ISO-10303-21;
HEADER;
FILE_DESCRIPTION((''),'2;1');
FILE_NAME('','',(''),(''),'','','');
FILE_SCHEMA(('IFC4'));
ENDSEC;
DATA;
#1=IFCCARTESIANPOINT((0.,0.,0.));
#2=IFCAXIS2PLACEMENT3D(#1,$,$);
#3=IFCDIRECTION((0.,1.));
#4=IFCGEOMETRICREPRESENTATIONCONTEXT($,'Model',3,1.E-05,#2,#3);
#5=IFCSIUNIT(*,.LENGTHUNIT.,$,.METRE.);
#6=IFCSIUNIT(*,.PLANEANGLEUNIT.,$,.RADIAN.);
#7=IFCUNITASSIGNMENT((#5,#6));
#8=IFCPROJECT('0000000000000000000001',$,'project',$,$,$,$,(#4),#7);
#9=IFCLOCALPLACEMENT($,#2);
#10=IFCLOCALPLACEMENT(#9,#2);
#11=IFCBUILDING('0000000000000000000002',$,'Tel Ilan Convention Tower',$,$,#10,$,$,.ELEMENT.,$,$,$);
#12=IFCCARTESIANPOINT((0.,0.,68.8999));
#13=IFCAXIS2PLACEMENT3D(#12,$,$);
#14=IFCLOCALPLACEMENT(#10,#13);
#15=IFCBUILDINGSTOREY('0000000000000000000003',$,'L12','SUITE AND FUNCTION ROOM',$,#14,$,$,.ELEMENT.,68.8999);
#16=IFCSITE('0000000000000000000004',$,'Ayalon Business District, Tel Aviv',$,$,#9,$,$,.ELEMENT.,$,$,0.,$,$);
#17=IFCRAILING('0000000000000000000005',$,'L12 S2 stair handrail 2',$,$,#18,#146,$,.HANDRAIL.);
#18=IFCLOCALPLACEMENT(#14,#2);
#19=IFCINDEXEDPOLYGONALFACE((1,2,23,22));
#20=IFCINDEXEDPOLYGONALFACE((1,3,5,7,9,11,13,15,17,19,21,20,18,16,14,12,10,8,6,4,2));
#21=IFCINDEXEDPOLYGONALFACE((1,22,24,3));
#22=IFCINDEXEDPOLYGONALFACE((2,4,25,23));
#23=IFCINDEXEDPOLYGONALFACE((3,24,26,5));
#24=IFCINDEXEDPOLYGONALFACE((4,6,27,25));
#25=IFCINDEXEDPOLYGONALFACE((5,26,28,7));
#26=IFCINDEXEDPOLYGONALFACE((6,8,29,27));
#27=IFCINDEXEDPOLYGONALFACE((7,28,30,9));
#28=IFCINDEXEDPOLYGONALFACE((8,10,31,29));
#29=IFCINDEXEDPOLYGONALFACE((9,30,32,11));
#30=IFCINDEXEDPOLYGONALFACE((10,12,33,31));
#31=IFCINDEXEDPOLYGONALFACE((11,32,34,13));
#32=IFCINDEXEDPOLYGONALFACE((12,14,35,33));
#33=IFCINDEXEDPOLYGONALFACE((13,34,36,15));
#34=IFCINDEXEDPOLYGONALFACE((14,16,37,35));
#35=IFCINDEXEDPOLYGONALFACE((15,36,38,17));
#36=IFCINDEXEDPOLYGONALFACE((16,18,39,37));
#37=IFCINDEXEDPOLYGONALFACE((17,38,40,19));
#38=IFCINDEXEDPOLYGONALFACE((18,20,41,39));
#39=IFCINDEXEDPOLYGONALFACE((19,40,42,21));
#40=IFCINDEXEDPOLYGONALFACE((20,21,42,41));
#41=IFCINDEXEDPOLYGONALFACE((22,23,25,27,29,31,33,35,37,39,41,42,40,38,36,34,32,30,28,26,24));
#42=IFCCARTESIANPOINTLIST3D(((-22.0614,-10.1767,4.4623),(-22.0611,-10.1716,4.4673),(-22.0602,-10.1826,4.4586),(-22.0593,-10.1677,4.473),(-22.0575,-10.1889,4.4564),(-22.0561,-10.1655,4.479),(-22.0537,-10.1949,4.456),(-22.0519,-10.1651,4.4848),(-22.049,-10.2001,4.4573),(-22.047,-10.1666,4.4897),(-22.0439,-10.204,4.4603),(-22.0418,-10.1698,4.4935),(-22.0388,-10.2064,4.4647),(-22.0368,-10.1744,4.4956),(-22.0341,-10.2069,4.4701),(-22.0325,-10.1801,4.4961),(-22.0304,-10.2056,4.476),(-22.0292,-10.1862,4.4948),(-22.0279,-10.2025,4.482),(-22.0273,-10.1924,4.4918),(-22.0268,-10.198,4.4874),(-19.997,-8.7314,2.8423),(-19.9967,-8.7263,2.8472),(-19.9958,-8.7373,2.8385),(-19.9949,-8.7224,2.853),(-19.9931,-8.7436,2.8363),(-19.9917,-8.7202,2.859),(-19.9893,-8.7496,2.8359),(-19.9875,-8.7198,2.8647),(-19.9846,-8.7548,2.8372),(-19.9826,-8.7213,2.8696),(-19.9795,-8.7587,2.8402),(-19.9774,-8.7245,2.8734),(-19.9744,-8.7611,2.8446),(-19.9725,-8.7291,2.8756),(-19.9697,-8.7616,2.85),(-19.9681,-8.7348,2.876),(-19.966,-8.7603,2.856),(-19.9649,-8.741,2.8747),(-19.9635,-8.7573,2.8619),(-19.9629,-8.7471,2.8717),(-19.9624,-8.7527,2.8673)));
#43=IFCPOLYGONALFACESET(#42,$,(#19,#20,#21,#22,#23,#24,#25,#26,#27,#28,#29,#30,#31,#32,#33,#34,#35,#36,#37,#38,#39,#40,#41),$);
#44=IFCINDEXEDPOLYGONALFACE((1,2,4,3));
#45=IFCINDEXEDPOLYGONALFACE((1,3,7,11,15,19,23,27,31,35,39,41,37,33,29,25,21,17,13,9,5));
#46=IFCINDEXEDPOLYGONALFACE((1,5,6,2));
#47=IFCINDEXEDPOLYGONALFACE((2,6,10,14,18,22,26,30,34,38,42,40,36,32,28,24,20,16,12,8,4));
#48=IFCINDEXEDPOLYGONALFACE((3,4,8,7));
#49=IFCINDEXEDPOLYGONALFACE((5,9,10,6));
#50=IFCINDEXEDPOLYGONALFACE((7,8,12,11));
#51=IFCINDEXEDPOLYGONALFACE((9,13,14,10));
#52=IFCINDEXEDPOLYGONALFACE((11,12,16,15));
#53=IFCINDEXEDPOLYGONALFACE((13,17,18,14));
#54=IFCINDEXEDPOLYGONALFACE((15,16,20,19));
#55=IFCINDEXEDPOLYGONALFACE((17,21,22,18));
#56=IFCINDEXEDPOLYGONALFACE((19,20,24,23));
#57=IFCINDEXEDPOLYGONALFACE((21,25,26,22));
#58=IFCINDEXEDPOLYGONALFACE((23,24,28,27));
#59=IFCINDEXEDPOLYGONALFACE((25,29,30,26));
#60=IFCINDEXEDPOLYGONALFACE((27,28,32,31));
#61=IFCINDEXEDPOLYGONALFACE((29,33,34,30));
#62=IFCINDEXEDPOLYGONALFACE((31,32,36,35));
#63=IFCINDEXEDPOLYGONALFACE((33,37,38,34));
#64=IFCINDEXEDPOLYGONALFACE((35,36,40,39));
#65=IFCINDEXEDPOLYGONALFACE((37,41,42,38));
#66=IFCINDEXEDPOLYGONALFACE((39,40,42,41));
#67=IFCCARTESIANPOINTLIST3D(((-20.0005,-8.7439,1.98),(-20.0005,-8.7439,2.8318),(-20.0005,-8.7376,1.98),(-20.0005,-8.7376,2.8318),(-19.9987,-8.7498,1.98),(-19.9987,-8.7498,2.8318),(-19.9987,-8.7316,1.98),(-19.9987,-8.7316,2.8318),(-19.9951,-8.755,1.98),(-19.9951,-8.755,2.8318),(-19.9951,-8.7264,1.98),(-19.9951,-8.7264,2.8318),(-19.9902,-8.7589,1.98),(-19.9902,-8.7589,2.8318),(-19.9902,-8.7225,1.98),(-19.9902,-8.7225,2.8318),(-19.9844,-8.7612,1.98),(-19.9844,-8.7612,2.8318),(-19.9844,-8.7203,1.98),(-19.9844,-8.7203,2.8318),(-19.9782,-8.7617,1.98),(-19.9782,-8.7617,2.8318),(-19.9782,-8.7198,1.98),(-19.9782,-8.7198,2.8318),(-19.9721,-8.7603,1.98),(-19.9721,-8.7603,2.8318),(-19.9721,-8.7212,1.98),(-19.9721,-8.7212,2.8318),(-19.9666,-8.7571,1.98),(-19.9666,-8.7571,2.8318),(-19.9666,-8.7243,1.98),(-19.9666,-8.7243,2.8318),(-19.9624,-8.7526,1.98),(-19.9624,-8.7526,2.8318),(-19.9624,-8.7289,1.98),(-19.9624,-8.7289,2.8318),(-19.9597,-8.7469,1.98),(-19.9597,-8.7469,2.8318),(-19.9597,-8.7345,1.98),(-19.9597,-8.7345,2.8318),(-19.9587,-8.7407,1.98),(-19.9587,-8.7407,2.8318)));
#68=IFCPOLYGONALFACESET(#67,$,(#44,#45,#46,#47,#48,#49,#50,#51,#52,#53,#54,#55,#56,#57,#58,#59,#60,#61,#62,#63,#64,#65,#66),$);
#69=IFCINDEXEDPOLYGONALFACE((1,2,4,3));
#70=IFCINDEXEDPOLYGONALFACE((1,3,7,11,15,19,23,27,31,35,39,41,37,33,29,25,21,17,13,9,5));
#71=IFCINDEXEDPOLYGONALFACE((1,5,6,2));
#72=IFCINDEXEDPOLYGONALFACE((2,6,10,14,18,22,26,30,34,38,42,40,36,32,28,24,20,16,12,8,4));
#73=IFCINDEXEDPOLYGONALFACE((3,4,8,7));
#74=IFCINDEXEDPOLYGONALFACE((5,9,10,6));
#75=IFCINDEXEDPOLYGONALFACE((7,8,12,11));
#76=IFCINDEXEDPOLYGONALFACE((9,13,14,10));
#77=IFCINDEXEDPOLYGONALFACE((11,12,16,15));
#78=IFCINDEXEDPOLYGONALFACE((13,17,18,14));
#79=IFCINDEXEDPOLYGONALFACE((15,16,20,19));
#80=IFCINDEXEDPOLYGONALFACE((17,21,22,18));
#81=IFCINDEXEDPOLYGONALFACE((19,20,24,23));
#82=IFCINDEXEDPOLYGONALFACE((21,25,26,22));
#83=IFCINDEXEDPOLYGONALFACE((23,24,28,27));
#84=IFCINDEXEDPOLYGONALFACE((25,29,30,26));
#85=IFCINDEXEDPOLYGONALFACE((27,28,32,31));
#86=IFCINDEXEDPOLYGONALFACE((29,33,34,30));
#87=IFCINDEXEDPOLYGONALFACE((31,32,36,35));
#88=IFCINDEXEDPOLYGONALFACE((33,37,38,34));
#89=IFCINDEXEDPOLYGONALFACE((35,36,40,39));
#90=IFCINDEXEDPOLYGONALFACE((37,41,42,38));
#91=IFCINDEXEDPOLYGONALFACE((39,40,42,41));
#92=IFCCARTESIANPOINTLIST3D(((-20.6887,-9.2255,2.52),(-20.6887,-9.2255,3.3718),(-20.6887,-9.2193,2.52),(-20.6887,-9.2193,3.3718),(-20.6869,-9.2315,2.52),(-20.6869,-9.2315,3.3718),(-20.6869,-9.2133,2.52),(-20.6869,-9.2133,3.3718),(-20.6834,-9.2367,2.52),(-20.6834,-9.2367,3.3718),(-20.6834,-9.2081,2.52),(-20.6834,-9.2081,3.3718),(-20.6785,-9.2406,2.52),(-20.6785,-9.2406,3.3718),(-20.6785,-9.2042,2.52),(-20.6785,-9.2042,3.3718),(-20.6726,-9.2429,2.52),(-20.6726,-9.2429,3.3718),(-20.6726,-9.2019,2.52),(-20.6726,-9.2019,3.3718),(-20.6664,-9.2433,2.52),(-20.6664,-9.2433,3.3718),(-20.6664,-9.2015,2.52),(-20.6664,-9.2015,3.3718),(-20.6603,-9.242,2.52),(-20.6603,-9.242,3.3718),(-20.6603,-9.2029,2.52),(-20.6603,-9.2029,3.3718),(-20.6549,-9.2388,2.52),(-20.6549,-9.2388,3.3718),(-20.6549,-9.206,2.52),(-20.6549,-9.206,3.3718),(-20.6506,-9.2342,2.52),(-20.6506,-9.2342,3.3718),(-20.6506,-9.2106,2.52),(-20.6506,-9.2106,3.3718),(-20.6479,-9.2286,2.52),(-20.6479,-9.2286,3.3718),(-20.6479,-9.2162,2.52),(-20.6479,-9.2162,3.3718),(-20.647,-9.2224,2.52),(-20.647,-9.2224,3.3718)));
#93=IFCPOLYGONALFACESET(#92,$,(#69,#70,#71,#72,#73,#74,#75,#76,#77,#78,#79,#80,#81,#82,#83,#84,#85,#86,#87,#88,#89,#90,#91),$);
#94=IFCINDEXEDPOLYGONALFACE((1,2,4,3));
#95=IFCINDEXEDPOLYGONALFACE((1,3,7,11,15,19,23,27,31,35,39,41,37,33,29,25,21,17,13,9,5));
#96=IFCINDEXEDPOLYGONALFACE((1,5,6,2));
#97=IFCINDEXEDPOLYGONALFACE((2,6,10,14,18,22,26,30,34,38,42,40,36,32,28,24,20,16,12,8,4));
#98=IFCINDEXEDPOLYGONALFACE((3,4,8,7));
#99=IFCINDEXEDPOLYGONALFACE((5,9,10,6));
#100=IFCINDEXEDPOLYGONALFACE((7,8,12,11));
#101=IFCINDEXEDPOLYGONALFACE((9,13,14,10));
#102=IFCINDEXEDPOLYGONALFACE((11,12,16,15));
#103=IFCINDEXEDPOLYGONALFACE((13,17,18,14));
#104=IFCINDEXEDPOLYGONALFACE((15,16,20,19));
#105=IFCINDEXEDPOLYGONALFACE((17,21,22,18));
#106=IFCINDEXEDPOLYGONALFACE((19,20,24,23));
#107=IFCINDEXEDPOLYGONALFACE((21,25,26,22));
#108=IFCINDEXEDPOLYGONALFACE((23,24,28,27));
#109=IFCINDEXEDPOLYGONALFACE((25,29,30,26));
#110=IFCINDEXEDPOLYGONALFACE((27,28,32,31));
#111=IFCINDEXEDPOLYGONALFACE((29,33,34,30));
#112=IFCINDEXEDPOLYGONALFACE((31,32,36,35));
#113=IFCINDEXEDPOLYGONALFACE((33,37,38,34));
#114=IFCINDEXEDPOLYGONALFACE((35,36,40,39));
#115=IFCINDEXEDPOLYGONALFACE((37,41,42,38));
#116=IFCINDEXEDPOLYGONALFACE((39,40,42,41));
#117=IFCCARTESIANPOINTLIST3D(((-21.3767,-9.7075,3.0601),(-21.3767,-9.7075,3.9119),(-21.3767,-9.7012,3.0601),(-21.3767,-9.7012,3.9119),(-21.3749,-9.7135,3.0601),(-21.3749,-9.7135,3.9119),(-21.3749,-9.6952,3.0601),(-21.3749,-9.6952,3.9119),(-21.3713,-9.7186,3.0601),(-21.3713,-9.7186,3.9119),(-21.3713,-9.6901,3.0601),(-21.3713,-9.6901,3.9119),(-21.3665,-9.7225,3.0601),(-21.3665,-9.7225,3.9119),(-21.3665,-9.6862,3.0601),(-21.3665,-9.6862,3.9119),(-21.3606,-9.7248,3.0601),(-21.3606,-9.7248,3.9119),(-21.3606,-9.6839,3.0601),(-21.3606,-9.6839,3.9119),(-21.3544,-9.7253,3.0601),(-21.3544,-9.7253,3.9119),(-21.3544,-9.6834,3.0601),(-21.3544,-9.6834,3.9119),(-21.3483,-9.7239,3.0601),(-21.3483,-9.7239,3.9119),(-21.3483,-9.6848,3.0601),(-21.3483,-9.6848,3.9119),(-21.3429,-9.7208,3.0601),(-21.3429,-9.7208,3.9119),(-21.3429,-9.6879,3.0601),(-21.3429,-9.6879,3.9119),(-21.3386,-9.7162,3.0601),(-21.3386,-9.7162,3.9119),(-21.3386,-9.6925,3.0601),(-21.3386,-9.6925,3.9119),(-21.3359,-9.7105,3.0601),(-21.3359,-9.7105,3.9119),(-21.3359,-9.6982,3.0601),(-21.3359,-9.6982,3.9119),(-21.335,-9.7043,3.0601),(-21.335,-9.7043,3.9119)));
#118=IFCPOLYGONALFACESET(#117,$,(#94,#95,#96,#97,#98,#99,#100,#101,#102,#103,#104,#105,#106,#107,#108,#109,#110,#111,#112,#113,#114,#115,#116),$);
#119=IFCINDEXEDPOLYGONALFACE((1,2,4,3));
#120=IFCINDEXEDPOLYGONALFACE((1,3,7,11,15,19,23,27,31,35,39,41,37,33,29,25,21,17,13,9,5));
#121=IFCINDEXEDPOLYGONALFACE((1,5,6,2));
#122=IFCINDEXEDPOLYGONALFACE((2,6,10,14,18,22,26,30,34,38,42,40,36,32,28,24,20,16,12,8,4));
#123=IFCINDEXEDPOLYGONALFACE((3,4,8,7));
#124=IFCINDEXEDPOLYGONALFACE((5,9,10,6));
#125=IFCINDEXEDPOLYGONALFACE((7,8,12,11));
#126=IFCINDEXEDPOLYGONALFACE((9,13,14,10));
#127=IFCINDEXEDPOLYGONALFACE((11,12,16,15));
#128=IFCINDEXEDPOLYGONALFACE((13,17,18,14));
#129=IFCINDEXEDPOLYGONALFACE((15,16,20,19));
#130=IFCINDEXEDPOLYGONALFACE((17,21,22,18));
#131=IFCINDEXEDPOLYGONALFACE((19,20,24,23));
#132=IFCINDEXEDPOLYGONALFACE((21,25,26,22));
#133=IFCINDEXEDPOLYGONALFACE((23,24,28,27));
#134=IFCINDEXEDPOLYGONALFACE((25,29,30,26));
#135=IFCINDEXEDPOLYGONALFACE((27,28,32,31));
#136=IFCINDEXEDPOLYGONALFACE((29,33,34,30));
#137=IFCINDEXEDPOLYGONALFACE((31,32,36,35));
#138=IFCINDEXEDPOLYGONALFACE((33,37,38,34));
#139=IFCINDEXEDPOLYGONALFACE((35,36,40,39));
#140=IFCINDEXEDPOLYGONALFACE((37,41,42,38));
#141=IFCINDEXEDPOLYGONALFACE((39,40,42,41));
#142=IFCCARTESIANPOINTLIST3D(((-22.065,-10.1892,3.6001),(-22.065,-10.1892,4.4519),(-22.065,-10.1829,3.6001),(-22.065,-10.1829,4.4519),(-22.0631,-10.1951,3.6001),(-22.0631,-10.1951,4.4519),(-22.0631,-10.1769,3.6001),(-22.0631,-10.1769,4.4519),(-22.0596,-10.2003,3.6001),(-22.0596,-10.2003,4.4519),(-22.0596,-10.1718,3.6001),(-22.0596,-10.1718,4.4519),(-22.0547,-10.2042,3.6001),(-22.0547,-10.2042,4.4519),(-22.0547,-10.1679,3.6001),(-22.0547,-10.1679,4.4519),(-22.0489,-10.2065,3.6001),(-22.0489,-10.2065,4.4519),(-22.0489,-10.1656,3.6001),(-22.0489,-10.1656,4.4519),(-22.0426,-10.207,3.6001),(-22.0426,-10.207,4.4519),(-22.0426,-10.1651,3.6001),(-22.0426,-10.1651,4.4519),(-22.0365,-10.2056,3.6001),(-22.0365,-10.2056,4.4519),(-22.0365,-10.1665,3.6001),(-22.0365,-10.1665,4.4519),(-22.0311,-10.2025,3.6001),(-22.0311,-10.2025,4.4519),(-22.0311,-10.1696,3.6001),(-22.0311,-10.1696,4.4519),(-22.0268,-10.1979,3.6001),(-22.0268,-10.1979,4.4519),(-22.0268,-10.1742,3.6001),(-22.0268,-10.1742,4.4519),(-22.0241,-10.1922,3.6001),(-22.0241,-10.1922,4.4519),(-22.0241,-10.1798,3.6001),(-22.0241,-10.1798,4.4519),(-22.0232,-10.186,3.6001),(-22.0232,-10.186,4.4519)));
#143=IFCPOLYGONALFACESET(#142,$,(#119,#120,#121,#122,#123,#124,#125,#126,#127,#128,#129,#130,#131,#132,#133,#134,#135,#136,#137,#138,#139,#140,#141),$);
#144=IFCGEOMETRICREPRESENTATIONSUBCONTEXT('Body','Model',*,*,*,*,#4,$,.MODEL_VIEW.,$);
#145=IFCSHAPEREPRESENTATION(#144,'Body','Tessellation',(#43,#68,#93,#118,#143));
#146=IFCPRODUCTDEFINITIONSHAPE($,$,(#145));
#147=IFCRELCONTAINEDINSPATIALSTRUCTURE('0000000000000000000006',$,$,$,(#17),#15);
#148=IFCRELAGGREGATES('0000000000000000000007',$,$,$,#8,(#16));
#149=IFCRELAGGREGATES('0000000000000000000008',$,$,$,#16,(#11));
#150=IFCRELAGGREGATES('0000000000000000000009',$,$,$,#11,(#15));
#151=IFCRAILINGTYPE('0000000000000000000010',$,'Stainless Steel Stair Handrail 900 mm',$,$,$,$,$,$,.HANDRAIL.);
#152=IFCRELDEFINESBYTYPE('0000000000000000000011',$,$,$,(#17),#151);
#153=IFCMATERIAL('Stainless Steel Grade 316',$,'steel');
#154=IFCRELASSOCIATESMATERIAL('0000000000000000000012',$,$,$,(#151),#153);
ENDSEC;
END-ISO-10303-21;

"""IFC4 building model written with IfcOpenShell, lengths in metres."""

from ifc_helpers import new_model, si_unit, direction, frame, origin, origin_2d, place, context, subcontext, project, spatial, circle, extrude, material, type_object, element, save


model = new_model("IFC4")

# Units and contexts
model_context = context("Model", 3, precision=1e-05, world=origin(), true_north=direction((0.0, 1.0)))
body_context = subcontext(model_context, "Body", "Model", "MODEL_VIEW")
ifc_project = project(units=[si_unit("LENGTHUNIT", "METRE"), si_unit("PLANEANGLEUNIT", "RADIAN")], contexts=[model_context])

# Site, building, storey
site_placement = place(None, origin())
site = spatial("IfcSite", under=ifc_project, at=site_placement, Name="Ayalon Business District, Tel Aviv", CompositionType="ELEMENT", RefElevation=0.0)
building_placement = place(site_placement, origin())
building = spatial("IfcBuilding", under=site, at=building_placement, Name="Tel Ilan Convention Tower", CompositionType="ELEMENT")
storey_placement = place(building_placement, frame((0.0, 0.0, 68.8999)))
storey = spatial("IfcBuildingStorey", under=building, at=storey_placement, Name="L12", Description="SUITE AND FUNCTION ROOM", CompositionType="ELEMENT", Elevation=68.8999)

# Railing
ifc_material_1 = material(Name="Stainless Steel Grade 316", Category="steel")
railing_type_1 = type_object("IfcRailingType", Name="Stainless Steel Stair Handrail 900 mm", PredefinedType="HANDRAIL", material=ifc_material_1)
railing_1_placement = place(storey_placement, frame((-19.9797, -8.7407, 1.98)))
element("IfcRailing", 1, at=railing_1_placement, inside=storey, type_object=railing_type_1, Name="L12 S2 stair handrail 2", PredefinedType="HANDRAIL", context=body_context, shape_type="SweptSolid", body=[
    extrude(circle(Radius=0.0239, at=origin_2d()), frame((0.0, 0.0, 0.876), z_axis=(-0.689083, -0.482423, 0.54077), x_axis=(0.573514, -0.819196, 0.0)), (0.0, 0.0, 1.0), 2.9958),
    extrude(circle(Radius=0.021, at=origin_2d()), origin(), (0.0, 0.0, 1.0), 0.8518),
    extrude(circle(Radius=0.021, at=origin_2d()), frame((-0.6882, -0.4817, 0.54)), (0.0, 0.0, 1.0), 0.8518),
    extrude(circle(Radius=0.021, at=origin_2d()), frame((-1.3762, -0.9636, 1.0801)), (0.0, 0.0, 1.0), 0.8518),
    extrude(circle(Radius=0.021, at=origin_2d()), frame((-2.0645, -1.4453, 1.6201)), (0.0, 0.0, 1.0), 0.8518),
])

save(model, "model.ifc")
